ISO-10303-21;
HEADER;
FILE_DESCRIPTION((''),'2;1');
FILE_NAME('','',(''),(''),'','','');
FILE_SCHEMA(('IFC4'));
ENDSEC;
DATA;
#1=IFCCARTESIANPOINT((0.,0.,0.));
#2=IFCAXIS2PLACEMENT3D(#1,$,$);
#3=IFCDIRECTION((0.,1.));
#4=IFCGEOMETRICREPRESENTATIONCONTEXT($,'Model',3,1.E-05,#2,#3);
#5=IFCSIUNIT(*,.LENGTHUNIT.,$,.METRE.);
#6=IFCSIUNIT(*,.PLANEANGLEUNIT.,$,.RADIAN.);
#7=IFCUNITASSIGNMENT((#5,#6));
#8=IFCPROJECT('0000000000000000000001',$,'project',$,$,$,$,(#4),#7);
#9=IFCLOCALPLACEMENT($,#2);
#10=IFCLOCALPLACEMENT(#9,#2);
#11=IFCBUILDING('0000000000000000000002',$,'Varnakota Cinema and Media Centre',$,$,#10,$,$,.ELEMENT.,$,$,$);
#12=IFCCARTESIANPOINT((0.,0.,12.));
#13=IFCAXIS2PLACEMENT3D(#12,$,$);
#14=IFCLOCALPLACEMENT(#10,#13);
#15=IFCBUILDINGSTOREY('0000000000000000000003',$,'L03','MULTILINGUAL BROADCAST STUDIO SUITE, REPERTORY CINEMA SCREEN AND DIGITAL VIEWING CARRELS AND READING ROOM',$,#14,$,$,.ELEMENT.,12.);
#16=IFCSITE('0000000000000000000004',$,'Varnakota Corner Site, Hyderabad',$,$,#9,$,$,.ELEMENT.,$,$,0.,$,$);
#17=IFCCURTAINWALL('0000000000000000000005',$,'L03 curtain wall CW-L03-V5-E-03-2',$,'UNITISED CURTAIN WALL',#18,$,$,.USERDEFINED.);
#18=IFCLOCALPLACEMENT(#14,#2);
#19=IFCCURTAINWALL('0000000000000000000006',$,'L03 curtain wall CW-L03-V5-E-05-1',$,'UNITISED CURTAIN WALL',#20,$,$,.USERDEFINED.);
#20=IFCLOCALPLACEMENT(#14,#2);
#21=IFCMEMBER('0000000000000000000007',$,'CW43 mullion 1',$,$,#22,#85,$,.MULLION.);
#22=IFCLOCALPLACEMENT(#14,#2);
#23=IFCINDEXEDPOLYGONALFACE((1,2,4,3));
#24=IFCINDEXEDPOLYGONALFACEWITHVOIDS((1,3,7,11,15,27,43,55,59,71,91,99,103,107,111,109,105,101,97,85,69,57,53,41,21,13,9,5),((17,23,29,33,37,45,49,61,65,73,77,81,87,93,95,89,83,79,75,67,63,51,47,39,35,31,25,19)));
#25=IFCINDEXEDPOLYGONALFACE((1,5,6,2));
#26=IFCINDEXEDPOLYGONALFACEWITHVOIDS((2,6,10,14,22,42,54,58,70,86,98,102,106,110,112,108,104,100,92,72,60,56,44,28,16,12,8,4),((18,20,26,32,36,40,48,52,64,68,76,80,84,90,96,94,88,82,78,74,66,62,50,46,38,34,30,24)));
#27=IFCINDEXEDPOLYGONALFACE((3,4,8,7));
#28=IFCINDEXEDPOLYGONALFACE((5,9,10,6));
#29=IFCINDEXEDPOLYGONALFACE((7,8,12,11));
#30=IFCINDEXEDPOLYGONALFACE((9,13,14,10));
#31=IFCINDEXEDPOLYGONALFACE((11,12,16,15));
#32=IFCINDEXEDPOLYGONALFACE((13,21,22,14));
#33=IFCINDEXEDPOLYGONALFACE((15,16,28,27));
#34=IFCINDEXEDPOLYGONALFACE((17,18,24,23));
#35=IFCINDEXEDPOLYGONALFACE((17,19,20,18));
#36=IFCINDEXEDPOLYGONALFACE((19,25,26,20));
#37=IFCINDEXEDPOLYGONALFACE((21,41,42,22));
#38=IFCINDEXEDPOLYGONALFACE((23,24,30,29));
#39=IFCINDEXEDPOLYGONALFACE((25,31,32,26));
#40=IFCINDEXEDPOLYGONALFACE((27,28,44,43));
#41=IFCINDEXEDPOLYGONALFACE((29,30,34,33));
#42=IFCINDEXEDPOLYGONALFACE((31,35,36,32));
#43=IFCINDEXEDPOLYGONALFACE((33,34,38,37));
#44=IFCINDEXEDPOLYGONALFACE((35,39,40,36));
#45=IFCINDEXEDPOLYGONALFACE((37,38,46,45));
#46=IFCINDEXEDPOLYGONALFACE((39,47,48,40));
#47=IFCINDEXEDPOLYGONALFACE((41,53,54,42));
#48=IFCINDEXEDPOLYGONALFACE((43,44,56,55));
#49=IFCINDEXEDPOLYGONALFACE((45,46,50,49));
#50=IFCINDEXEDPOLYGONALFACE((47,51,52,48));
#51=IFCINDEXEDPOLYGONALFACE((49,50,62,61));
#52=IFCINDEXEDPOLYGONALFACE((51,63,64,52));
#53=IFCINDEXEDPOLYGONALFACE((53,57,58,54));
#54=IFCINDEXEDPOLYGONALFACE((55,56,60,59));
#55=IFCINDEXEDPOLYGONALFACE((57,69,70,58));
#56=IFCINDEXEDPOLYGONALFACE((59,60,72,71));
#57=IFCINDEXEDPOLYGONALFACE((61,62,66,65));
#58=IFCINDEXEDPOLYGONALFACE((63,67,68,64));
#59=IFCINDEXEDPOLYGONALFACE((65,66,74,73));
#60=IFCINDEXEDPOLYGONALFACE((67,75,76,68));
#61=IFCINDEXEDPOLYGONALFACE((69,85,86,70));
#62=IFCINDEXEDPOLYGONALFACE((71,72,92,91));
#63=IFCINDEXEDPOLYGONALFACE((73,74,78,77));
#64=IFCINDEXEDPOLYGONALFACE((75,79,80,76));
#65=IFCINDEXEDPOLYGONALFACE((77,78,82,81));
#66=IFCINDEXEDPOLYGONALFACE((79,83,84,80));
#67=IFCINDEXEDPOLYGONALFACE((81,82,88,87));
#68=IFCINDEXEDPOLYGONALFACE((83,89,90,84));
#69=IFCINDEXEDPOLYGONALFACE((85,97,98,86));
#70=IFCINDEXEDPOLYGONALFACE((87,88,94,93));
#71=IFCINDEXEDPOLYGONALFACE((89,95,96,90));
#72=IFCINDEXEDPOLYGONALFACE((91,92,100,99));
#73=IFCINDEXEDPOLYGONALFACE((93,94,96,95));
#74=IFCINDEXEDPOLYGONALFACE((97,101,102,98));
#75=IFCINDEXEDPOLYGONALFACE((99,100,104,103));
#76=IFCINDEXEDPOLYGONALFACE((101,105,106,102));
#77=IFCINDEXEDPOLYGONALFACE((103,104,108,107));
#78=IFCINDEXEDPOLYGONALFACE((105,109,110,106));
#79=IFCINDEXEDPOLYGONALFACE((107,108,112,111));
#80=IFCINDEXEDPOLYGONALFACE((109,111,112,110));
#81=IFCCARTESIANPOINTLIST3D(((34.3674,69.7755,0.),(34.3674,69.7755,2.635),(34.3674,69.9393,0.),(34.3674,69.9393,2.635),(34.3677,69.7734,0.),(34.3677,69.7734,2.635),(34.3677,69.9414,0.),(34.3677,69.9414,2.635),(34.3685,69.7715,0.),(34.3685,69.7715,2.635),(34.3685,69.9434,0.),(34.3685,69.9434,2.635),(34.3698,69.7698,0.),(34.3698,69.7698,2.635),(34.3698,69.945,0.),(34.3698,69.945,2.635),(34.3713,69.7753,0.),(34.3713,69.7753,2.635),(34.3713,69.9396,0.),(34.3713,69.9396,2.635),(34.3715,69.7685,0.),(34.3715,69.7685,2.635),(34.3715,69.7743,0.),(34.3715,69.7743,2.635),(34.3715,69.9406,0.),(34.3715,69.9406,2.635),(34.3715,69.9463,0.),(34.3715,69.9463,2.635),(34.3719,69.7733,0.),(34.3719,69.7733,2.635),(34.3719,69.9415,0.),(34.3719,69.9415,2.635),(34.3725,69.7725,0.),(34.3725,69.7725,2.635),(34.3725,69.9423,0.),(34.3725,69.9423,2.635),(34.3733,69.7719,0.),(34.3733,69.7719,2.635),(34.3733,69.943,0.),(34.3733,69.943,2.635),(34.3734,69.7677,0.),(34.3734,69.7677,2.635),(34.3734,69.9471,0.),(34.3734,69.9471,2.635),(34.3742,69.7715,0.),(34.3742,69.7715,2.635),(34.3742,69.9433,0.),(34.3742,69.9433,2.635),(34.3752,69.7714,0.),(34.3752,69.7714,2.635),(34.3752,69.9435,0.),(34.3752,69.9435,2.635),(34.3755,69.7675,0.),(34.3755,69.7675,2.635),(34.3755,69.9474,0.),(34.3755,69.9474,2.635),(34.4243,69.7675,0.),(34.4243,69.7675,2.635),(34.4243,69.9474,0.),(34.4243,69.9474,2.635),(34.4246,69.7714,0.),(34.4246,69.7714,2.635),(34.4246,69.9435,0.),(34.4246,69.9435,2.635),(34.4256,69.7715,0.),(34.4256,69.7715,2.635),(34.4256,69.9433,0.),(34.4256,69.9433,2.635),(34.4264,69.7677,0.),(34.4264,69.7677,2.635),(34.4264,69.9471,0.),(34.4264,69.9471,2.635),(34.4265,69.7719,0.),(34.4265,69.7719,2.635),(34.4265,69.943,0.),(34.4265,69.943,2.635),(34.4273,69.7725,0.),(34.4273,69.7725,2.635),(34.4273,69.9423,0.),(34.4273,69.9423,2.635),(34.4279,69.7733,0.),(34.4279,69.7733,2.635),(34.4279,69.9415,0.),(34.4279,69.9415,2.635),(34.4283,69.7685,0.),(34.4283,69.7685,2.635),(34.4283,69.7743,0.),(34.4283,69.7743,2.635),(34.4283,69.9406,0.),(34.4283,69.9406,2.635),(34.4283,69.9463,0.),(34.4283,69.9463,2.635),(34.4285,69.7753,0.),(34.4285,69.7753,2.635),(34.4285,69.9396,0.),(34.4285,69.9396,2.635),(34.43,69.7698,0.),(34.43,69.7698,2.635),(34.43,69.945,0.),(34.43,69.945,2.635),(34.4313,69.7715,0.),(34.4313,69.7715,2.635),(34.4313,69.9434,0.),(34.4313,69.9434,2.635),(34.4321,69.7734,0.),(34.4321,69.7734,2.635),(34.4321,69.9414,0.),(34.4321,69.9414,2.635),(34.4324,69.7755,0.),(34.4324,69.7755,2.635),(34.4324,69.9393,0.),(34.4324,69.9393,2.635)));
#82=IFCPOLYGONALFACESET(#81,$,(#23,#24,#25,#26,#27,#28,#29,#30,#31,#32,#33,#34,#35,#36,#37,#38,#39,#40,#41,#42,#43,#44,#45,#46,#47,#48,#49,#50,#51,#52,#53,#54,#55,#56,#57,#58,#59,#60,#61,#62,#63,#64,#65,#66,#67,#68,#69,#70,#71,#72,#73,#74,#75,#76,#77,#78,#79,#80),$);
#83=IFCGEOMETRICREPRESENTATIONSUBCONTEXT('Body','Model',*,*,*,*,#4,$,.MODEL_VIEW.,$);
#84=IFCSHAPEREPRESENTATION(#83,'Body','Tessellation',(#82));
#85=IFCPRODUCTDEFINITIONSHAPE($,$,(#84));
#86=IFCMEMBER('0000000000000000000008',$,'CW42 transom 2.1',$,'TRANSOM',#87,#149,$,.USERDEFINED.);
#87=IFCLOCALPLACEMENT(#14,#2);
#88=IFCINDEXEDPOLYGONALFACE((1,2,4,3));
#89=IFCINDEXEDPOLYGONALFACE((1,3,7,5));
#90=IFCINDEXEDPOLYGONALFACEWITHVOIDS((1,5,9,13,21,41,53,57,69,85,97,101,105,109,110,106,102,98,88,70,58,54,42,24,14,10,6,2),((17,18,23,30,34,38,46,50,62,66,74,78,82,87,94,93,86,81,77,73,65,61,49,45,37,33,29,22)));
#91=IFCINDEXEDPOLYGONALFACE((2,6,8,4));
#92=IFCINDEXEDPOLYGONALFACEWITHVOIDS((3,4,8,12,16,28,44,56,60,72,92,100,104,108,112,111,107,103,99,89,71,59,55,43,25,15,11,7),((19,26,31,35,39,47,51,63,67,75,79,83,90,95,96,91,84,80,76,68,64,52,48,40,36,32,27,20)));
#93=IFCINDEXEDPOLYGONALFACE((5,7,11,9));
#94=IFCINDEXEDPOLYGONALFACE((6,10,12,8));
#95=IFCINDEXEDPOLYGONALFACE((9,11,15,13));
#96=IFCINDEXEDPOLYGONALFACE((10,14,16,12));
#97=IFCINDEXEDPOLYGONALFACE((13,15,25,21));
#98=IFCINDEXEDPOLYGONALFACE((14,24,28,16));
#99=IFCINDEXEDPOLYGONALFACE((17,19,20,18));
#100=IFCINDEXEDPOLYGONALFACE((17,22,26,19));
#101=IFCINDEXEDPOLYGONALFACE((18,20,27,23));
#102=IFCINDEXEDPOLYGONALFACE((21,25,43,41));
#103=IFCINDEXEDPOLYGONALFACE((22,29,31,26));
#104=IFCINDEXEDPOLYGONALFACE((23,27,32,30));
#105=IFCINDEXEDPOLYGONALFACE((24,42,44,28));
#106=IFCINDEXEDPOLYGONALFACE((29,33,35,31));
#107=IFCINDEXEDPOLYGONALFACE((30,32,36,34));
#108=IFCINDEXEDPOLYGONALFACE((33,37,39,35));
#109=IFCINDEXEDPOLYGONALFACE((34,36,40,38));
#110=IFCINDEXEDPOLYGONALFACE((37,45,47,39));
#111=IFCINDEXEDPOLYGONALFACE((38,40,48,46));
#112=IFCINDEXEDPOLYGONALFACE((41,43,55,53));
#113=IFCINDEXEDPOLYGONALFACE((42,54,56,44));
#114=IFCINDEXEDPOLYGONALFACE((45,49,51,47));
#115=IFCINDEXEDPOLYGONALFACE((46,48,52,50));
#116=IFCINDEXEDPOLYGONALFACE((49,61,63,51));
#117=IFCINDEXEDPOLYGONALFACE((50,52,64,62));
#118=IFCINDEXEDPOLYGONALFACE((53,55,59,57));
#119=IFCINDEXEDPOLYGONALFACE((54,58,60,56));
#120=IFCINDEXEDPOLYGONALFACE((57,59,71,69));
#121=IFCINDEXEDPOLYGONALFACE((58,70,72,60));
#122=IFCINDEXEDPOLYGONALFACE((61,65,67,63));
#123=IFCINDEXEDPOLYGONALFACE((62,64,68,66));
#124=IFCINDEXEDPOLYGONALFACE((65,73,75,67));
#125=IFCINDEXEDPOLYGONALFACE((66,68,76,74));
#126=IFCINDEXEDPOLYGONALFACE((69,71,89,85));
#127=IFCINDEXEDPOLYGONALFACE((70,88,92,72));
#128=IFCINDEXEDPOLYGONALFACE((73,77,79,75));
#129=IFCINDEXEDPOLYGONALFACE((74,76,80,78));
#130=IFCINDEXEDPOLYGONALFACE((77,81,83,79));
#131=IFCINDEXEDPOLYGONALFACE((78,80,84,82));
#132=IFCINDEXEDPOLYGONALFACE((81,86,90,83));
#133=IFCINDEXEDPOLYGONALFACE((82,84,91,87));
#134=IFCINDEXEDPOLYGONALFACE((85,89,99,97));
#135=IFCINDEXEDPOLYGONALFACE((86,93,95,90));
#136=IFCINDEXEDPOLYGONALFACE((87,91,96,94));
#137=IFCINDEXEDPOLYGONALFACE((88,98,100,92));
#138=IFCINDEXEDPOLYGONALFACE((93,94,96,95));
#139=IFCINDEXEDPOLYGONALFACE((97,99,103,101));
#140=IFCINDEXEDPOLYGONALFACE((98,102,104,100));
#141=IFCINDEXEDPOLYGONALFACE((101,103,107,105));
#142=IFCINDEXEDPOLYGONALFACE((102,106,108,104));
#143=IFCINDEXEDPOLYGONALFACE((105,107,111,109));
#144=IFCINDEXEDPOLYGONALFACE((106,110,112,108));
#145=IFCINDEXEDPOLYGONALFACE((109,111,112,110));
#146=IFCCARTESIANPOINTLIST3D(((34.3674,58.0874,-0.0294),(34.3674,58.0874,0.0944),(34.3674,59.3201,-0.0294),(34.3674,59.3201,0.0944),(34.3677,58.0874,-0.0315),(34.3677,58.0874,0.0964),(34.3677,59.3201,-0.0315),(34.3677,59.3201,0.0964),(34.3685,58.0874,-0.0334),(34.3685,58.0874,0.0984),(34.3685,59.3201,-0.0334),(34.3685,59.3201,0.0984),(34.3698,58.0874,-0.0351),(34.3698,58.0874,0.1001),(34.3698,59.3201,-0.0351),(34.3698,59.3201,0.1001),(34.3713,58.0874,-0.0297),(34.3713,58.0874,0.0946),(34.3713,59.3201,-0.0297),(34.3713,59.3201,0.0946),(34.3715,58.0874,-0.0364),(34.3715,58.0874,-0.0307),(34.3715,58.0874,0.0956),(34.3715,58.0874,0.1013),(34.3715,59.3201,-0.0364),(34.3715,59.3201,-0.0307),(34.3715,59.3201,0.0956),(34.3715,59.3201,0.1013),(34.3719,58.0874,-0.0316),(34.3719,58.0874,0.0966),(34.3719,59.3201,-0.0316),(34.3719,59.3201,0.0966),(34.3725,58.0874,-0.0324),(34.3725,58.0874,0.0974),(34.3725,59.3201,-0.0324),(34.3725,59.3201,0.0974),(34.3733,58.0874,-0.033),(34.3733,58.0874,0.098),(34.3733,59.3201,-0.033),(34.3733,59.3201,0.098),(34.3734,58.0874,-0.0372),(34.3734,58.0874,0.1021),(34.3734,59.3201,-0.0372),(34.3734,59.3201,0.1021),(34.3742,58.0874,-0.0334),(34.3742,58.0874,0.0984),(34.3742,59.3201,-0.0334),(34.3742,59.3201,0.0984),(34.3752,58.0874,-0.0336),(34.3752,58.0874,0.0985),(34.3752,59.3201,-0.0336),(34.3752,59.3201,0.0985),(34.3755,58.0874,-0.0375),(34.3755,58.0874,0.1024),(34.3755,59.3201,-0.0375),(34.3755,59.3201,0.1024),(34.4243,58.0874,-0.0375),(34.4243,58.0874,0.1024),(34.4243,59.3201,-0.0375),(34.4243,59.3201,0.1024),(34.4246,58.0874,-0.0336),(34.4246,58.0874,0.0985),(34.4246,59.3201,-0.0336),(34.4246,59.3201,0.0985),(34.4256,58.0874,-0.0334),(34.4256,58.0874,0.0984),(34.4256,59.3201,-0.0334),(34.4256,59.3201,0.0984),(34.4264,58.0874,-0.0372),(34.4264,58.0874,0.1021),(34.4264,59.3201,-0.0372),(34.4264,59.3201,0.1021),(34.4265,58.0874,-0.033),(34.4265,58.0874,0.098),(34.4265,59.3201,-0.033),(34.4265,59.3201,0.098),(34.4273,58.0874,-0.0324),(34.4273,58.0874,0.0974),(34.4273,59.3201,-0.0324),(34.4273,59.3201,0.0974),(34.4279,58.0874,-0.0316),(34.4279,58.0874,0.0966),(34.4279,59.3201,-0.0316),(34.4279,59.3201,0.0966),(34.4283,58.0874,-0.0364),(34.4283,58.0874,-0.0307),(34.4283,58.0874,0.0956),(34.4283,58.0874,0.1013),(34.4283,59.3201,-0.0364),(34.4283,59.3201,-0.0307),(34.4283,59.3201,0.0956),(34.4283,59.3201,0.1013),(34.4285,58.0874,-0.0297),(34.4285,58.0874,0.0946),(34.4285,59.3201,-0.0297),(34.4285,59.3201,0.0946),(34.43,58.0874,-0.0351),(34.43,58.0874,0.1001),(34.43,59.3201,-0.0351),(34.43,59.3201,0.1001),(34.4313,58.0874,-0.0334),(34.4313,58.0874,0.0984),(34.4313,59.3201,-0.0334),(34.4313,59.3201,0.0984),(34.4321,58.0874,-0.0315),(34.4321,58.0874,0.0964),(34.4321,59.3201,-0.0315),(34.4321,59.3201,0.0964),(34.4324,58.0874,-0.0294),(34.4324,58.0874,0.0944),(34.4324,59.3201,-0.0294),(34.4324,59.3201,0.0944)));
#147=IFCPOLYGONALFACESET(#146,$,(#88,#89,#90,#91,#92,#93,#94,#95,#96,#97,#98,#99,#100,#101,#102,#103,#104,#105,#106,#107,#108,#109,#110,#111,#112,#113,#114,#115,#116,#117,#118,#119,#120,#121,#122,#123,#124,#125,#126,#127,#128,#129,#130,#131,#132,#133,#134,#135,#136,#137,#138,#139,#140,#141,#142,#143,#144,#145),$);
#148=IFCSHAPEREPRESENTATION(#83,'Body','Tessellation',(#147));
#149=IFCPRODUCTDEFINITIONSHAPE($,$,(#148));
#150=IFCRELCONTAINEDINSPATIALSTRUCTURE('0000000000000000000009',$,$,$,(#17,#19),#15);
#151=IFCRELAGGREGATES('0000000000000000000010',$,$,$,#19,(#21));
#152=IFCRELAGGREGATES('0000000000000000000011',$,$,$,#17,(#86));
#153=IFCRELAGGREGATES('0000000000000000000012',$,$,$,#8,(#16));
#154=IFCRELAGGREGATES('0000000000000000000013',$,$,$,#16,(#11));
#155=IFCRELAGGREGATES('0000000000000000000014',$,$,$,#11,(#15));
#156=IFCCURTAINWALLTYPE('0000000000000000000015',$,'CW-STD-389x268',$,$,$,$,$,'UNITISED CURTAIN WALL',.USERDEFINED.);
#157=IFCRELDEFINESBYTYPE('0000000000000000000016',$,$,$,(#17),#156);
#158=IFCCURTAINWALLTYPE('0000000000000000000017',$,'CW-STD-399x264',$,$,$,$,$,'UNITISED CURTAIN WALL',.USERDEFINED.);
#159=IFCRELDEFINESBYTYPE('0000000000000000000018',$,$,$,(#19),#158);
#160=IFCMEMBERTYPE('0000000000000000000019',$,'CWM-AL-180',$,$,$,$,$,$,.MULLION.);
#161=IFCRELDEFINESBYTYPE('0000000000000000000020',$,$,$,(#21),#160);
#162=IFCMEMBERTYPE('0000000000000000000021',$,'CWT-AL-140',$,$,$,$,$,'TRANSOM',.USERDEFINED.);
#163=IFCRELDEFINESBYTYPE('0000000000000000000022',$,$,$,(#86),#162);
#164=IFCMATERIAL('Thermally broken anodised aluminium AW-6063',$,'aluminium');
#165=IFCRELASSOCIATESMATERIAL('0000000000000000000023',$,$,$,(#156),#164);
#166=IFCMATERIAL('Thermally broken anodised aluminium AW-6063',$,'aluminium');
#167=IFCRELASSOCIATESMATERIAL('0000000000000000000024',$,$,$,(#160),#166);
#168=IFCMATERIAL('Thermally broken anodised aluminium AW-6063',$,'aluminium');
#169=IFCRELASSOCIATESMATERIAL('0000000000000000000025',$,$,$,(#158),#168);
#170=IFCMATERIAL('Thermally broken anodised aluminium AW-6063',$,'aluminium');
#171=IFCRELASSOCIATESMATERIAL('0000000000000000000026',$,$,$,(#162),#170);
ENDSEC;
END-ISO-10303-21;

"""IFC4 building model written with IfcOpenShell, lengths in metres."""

from ifc_helpers import new_model, si_unit, direction, frame, origin, origin_2d, place, context, subcontext, project, spatial, hollow_rectangle, extrude, material, material_profile, profile_set, type_object, element, aggregate, save


model = new_model("IFC4")

# Units and contexts
model_context = context("Model", 3, precision=1e-05, world=origin(), true_north=direction((0.0, 1.0)))
body_context = subcontext(model_context, "Body", "Model", "MODEL_VIEW")
ifc_project = project(units=[si_unit("LENGTHUNIT", "METRE"), si_unit("PLANEANGLEUNIT", "RADIAN")], contexts=[model_context])

# Site, building, storey
site_placement = place(None, origin())
site = spatial("IfcSite", under=ifc_project, at=site_placement, Name="Varnakota Corner Site, Hyderabad", CompositionType="ELEMENT", RefElevation=0.0)
building_placement = place(site_placement, origin())
building = spatial("IfcBuilding", under=site, at=building_placement, Name="Varnakota Cinema and Media Centre", CompositionType="ELEMENT")
storey_placement = place(building_placement, frame((0.0, 0.0, 12.0)))
storey = spatial("IfcBuildingStorey", under=building, at=storey_placement, Name="L03", Description="MULTILINGUAL BROADCAST STUDIO SUITE, REPERTORY CINEMA SCREEN AND DIGITAL VIEWING CARRELS AND READING ROOM", CompositionType="ELEMENT", Elevation=12.0)

# Curtain wall
ifc_material_1 = material(Name="Thermally broken anodised aluminium AW-6063", Category="aluminium")
curtain_wall_type_1 = type_object("IfcCurtainWallType", Name="CW-STD-389x268", ElementType="UNITISED CURTAIN WALL", PredefinedType="USERDEFINED", material=ifc_material_1)
curtain_wall_1_placement = place(storey_placement, origin())
curtain_wall_1 = element("IfcCurtainWall", 1, at=curtain_wall_1_placement, inside=storey, type_object=curtain_wall_type_1, Name="L03 curtain wall CW-L03-V5-E-03-2", ObjectType="UNITISED CURTAIN WALL", PredefinedType="USERDEFINED")
ifc_material_2 = material(Name="Thermally broken anodised aluminium AW-6063", Category="aluminium")
ifc_material_profile_1 = material_profile(ifc_material_2, hollow_rectangle(XDim=0.0649, YDim=0.1799, WallThickness=0.0039, InnerFilletRadius=0.0039, OuterFilletRadius=0.0081, at=origin_2d()), Name="AL-MULLION 180x65x4")
ifc_profile_set_1 = profile_set([ifc_material_profile_1], Name="Thermally broken anodised aluminium AW-6063")
member_type_1 = type_object("IfcMemberType", Name="CWM-AL-180", PredefinedType="MULLION", material=ifc_profile_set_1)

# Curtain wall, member
ifc_material_3 = material(Name="Thermally broken anodised aluminium AW-6063", Category="aluminium")
curtain_wall_type_2 = type_object("IfcCurtainWallType", Name="CW-STD-399x264", ElementType="UNITISED CURTAIN WALL", PredefinedType="USERDEFINED", material=ifc_material_3)
curtain_wall_2_placement = place(storey_placement, origin())
curtain_wall_2 = element("IfcCurtainWall", 2, at=curtain_wall_2_placement, inside=storey, type_object=curtain_wall_type_2, Name="L03 curtain wall CW-L03-V5-E-05-1", ObjectType="UNITISED CURTAIN WALL", PredefinedType="USERDEFINED")
member_1_placement = place(storey_placement, frame((34.3999, 69.8574, 0.0), z_axis=(0.0, 0.0, 1.0), x_axis=(-1.0, 0.0, 0.0)))
member_1 = element("IfcMember", 3, at=member_1_placement, type_object=member_type_1, Name="CW43 mullion 1", PredefinedType="MULLION", context=body_context, shape_type="SweptSolid", body=[
    extrude(hollow_rectangle(XDim=0.0649, YDim=0.1799, WallThickness=0.0039, InnerFilletRadius=0.0039, OuterFilletRadius=0.0081, at=origin_2d()), origin(), (0.0, 0.0, 1.0), 2.635),
])
aggregate(curtain_wall_2, [member_1])

# Member
ifc_material_4 = material(Name="Thermally broken anodised aluminium AW-6063", Category="aluminium")
ifc_material_profile_2 = material_profile(ifc_material_4, hollow_rectangle(XDim=0.0649, YDim=0.1399, WallThickness=0.0039, InnerFilletRadius=0.0039, OuterFilletRadius=0.0081, at=origin_2d()), Name="AL-TRANSOM 140x65x4")
ifc_profile_set_2 = profile_set([ifc_material_profile_2], Name="Thermally broken anodised aluminium AW-6063")
member_type_2 = type_object("IfcMemberType", Name="CWT-AL-140", ElementType="TRANSOM", PredefinedType="USERDEFINED", material=ifc_profile_set_2)
member_2_placement = place(storey_placement, frame((34.3999, 58.0874, 0.0325), z_axis=(0.0, 1.0, 0.0), x_axis=(-1.0, 0.0, 0.0)))
member_2 = element("IfcMember", 4, at=member_2_placement, type_object=member_type_2, Name="CW42 transom 2.1", ObjectType="TRANSOM", PredefinedType="USERDEFINED", context=body_context, shape_type="SweptSolid", body=[
    extrude(hollow_rectangle(XDim=0.0649, YDim=0.1399, WallThickness=0.0039, InnerFilletRadius=0.0039, OuterFilletRadius=0.0081, at=origin_2d()), origin(), (0.0, 0.0, 1.0), 1.2327),
])

aggregate(curtain_wall_1, [member_2])

save(model, "model.ifc")
